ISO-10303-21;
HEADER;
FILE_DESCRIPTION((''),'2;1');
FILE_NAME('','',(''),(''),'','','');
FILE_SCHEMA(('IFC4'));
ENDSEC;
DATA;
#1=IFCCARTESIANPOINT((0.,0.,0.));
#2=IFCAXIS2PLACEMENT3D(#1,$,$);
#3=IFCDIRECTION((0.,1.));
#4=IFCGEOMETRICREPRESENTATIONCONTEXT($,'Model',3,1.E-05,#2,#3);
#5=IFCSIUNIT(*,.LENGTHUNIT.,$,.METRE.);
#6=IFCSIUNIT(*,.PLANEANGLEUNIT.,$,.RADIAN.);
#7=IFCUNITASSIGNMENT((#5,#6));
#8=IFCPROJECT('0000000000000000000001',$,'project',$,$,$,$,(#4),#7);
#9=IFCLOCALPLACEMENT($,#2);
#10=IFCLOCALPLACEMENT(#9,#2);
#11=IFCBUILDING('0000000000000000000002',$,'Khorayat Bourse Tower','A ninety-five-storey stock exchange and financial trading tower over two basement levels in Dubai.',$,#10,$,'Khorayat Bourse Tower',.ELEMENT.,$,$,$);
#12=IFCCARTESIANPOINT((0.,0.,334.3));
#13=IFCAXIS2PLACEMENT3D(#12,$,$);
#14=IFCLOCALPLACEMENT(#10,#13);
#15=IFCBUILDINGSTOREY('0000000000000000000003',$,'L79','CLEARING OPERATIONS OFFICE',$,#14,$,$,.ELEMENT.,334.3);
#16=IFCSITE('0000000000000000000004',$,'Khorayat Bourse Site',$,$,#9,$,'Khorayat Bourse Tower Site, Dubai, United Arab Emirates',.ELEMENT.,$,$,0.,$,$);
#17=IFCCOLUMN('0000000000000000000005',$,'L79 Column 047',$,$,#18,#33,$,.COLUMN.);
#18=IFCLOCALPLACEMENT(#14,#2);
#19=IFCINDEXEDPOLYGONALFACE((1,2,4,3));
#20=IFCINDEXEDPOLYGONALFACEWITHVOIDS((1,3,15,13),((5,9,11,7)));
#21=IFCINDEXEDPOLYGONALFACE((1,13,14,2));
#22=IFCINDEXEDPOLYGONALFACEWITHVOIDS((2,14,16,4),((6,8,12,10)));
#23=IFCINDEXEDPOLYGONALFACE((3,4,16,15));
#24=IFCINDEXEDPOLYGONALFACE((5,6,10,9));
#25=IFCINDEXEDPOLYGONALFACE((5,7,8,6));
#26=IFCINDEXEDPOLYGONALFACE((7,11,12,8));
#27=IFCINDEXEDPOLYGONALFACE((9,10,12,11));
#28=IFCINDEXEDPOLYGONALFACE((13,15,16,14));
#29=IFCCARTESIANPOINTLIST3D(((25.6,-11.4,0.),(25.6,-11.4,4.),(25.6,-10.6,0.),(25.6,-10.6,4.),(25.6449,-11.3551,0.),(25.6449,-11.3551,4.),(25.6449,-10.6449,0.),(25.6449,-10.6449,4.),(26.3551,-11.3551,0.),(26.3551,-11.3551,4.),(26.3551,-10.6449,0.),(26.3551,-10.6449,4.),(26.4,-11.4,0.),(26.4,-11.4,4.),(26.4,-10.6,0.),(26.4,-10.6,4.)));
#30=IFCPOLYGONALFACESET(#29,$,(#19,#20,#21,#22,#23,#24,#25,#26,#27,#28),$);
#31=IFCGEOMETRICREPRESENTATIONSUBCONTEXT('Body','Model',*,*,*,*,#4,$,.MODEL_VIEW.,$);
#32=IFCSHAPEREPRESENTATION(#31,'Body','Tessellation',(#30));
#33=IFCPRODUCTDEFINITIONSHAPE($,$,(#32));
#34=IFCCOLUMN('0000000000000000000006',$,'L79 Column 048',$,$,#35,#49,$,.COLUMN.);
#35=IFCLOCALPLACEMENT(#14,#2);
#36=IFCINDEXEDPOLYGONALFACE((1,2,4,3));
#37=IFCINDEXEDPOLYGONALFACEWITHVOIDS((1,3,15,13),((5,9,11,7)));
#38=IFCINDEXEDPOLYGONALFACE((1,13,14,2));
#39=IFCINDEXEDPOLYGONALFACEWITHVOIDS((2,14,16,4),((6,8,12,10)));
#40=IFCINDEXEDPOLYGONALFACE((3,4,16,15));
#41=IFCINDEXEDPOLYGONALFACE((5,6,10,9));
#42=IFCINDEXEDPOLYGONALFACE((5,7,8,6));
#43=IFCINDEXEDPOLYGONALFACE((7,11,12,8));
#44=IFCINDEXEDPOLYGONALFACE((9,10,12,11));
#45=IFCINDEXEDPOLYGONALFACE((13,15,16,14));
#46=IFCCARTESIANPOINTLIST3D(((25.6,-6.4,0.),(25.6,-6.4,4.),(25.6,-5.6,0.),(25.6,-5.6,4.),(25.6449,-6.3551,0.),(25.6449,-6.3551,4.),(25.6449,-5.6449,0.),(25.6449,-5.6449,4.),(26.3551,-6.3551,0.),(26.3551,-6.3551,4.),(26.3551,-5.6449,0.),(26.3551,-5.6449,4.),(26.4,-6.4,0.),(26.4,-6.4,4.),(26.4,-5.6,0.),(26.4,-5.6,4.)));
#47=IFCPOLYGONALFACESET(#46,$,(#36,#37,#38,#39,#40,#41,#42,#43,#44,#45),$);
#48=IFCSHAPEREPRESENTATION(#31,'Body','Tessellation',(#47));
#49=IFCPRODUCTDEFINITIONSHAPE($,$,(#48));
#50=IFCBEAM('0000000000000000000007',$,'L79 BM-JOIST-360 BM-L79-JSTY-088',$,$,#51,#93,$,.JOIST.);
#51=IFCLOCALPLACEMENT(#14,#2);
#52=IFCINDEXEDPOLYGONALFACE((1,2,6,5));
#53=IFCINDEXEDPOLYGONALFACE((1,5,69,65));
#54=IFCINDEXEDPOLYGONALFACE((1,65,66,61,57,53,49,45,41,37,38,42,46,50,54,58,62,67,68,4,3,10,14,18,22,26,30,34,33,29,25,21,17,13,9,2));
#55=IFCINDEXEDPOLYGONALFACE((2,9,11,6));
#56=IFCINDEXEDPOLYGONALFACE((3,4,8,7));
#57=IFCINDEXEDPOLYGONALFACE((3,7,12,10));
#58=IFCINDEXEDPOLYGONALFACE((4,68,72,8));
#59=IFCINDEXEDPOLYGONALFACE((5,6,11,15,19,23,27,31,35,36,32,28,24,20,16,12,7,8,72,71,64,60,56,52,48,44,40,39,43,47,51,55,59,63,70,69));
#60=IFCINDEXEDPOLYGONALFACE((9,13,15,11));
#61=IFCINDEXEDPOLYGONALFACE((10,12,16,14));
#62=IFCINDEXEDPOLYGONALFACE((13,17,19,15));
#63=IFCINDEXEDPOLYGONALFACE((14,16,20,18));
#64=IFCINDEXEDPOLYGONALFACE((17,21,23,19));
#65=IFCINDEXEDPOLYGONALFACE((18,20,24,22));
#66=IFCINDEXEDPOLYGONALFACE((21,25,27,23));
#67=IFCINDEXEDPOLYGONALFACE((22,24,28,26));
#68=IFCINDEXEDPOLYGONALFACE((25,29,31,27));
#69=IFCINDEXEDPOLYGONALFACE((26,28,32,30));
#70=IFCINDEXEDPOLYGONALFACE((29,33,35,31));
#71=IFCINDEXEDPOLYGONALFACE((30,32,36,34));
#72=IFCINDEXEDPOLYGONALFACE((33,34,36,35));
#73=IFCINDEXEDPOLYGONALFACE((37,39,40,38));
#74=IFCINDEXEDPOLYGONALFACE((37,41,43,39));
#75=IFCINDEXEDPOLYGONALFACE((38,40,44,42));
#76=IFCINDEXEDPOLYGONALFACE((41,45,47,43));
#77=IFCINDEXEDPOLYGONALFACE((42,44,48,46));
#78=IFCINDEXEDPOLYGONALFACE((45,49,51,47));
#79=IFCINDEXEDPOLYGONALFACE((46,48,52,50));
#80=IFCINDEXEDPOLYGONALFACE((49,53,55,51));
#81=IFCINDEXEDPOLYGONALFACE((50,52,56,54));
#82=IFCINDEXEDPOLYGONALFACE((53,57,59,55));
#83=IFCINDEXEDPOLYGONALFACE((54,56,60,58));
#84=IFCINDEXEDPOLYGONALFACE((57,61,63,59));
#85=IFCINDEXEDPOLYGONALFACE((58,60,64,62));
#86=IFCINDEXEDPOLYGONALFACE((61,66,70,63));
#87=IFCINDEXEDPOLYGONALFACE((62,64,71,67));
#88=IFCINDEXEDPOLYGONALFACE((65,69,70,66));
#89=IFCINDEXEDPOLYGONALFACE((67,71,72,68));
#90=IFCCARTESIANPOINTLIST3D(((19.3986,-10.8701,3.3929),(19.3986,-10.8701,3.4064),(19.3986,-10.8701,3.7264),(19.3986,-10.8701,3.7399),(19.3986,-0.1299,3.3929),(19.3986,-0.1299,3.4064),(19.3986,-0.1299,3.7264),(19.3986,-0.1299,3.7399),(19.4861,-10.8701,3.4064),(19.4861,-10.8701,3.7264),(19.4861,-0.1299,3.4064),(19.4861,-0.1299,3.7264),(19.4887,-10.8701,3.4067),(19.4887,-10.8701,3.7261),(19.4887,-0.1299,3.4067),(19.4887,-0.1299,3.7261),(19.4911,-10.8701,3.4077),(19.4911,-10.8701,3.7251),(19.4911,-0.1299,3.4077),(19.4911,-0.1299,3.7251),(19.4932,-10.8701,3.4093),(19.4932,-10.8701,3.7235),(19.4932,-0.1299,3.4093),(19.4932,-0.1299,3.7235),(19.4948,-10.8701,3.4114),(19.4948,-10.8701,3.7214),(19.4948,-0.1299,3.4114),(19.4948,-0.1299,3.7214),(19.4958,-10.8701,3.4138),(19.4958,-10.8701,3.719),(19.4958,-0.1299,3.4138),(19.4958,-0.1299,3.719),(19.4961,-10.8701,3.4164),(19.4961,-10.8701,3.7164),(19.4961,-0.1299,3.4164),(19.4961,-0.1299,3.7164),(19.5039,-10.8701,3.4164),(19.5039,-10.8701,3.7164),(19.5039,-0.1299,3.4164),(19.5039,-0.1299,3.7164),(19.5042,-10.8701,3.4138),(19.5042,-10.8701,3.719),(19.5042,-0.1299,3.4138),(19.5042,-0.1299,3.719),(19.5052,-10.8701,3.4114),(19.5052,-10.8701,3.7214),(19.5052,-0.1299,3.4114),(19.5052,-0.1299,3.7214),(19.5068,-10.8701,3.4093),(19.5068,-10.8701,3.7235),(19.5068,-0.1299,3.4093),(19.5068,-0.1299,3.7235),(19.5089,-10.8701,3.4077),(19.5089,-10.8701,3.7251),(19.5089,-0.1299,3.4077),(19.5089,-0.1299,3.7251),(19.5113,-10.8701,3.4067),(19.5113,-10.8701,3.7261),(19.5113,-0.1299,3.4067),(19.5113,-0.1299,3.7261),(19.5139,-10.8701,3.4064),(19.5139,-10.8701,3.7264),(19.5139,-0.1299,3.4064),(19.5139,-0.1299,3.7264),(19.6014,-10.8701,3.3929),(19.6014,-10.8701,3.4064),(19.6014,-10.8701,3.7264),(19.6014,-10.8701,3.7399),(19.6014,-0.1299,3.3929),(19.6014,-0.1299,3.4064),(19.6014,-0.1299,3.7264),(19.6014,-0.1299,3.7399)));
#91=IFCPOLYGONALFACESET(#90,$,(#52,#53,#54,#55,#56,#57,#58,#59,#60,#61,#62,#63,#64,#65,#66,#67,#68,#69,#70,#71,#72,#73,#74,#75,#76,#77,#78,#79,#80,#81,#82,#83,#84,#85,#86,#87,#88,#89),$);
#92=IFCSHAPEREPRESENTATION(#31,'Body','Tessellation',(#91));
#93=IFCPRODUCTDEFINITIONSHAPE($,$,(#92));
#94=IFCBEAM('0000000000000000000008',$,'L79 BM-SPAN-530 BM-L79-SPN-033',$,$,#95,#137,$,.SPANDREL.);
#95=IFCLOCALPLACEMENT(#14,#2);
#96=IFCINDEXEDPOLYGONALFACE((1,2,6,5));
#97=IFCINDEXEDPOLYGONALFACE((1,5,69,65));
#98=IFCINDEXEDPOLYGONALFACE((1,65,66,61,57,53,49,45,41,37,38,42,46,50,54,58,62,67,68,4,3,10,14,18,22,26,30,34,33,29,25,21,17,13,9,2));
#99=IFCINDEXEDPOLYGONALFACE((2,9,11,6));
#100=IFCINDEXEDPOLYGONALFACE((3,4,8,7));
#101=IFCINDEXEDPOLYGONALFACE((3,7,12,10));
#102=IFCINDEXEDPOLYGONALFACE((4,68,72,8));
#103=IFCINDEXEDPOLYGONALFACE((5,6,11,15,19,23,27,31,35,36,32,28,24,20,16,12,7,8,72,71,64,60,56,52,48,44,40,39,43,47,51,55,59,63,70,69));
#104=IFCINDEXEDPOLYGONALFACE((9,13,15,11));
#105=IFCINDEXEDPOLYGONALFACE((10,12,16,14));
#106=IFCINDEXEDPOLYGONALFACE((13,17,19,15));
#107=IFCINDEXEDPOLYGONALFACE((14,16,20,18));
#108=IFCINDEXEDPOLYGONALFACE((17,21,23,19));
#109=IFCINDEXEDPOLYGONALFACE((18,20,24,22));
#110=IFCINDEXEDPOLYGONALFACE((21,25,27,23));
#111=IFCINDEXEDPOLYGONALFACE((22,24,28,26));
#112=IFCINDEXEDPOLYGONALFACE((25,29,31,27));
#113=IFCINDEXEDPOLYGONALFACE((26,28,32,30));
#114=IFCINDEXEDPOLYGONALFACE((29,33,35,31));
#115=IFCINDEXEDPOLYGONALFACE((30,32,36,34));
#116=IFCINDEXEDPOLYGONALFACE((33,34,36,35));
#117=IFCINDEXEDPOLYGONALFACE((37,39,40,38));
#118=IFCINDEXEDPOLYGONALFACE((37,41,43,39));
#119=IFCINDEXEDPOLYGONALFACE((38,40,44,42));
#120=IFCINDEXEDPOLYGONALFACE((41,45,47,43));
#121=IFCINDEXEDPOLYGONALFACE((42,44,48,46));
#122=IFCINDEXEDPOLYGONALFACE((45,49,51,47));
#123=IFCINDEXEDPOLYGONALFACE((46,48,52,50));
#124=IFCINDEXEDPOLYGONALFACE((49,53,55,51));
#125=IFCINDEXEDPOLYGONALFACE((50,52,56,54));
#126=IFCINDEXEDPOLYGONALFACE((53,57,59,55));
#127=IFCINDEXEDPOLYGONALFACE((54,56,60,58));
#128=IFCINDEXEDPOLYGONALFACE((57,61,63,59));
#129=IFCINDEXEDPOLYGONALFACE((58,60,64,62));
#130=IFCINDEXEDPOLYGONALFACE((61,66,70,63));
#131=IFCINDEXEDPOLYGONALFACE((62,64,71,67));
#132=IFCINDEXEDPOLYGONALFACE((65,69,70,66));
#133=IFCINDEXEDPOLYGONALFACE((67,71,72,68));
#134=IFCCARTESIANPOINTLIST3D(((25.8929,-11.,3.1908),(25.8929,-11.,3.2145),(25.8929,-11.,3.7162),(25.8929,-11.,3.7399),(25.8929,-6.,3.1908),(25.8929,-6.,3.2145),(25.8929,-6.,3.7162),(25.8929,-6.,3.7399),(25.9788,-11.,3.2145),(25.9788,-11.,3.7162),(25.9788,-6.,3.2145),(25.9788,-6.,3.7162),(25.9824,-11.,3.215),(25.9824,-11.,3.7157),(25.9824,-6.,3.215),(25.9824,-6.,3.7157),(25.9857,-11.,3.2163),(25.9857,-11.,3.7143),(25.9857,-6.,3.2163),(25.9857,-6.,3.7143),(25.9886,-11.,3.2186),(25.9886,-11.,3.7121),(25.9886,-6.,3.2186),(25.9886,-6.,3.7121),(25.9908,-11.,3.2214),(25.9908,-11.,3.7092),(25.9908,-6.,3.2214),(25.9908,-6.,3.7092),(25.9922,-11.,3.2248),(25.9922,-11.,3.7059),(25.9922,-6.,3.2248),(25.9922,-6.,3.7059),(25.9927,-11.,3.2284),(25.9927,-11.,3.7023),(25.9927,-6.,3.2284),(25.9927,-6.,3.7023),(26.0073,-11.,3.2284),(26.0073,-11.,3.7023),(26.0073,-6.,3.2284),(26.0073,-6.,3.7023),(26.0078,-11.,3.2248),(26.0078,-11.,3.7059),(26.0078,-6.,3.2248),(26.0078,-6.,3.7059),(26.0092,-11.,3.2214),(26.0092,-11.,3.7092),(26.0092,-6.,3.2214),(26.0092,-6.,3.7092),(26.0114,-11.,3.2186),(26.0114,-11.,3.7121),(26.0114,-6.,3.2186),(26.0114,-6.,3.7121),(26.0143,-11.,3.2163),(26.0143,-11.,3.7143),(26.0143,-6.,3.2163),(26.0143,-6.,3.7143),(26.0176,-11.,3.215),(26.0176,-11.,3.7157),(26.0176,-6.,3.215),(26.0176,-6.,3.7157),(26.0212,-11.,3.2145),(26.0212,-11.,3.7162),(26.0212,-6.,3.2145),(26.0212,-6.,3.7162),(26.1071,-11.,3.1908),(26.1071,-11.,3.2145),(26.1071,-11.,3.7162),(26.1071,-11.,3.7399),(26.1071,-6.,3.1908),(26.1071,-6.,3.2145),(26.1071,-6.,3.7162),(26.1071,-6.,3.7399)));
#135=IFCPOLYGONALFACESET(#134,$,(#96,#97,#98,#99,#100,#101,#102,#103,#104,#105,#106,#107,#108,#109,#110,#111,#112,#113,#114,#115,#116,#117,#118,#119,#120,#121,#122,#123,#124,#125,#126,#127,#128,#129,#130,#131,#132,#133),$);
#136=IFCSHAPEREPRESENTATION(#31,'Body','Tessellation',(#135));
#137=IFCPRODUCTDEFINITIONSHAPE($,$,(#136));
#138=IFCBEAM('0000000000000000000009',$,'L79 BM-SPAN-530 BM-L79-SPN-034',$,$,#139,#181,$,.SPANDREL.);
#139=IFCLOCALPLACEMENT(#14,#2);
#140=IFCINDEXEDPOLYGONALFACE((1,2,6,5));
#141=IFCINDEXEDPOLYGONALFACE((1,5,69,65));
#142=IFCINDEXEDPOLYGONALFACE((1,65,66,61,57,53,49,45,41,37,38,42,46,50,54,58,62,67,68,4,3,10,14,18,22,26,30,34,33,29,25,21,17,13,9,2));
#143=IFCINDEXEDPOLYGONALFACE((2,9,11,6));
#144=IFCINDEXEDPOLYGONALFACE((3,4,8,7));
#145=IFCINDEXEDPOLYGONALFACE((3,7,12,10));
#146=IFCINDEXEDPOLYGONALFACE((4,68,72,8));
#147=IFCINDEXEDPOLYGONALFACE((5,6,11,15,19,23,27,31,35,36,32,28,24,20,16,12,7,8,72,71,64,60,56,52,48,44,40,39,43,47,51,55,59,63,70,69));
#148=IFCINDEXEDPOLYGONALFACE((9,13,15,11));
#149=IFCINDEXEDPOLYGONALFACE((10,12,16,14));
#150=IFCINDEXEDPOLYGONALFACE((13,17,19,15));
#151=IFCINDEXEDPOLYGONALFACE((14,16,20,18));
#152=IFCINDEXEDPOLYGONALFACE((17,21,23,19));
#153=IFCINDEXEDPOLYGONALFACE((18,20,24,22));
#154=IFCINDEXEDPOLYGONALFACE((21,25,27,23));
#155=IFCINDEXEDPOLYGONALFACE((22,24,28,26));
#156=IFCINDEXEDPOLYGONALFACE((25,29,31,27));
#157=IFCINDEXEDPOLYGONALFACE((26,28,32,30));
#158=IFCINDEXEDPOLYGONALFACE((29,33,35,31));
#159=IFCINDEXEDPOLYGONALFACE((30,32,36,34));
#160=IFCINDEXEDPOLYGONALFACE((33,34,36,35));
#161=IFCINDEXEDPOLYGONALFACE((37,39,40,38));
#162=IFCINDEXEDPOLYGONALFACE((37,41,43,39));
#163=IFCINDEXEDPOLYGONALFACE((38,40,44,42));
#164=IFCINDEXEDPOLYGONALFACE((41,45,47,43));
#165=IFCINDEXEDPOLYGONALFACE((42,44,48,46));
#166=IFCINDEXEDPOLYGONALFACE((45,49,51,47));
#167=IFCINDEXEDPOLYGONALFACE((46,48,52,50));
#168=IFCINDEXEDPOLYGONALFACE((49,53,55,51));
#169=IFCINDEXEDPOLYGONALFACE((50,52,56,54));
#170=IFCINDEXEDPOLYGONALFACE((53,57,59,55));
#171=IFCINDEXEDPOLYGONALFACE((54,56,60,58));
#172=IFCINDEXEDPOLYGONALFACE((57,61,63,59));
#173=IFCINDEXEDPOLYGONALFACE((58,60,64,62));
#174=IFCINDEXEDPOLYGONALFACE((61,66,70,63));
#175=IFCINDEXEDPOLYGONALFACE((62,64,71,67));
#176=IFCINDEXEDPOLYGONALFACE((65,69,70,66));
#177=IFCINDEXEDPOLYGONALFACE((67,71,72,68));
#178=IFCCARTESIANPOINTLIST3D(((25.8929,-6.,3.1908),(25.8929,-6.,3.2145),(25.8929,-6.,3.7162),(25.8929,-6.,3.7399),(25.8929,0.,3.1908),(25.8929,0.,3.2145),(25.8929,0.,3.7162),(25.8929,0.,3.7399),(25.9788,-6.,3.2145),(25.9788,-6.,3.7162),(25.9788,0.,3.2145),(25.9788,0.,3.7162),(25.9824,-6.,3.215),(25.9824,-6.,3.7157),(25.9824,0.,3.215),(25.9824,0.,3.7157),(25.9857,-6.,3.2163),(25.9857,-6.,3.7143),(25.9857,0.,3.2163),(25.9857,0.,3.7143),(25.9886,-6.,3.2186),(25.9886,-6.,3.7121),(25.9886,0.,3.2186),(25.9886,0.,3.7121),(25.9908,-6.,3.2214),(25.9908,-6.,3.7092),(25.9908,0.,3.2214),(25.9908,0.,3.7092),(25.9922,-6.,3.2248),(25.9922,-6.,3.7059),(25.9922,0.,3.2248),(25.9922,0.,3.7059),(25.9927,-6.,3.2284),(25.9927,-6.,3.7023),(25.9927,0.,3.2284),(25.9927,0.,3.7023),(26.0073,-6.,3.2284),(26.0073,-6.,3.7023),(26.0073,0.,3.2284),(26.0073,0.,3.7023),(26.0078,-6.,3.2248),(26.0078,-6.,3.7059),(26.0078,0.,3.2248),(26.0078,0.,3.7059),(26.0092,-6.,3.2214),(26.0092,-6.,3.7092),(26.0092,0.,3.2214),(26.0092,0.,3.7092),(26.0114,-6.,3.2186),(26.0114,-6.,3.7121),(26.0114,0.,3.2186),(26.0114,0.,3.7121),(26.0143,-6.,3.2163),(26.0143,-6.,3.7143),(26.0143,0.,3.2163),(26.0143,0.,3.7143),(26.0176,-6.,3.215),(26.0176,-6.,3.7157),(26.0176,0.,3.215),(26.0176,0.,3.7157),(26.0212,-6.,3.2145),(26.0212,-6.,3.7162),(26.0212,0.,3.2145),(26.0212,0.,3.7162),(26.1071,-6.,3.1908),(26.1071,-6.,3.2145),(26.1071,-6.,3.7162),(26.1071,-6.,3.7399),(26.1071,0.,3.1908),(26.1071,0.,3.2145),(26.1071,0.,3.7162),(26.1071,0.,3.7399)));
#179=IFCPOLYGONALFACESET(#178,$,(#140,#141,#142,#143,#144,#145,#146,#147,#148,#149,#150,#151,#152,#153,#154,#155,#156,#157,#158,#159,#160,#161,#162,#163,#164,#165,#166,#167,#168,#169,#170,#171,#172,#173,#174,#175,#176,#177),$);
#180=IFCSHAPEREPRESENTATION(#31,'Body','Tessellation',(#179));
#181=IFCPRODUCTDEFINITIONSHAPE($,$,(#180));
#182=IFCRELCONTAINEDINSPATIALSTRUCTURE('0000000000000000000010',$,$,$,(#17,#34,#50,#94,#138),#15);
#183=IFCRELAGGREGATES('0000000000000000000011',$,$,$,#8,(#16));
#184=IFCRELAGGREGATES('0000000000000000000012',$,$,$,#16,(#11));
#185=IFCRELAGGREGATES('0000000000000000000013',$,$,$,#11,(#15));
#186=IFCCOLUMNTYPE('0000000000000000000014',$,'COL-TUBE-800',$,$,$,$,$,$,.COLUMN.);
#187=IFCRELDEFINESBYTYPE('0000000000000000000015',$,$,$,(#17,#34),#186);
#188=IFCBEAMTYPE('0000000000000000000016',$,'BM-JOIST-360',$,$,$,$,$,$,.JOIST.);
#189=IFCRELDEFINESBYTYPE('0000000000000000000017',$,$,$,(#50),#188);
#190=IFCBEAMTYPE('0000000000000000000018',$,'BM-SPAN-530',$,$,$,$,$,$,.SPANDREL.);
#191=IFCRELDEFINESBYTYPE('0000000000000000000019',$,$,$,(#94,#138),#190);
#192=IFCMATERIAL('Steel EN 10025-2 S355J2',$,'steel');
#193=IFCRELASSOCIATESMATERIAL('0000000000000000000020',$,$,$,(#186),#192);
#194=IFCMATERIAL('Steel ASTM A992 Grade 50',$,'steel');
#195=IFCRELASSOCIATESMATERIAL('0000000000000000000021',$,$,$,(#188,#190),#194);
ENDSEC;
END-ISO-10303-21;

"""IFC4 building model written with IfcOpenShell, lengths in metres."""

from ifc_helpers import new_model, si_unit, direction, frame, origin, origin_2d, place, context, subcontext, project, spatial, hollow_rectangle, i_section, extrude, source, transform, mapped, material, material_profile, profile_set, type_object, element, save


model = new_model("IFC4")

# Units and contexts
model_context = context("Model", 3, precision=1e-05, world=origin(), true_north=direction((0.0, 1.0)))
body_context = subcontext(model_context, "Body", "Model", "MODEL_VIEW")
ifc_project = project(units=[si_unit("LENGTHUNIT", "METRE"), si_unit("PLANEANGLEUNIT", "RADIAN")], contexts=[model_context])

# Site, building, storey
site_placement = place(None, origin())
site = spatial("IfcSite", under=ifc_project, at=site_placement, Name="Khorayat Bourse Site", LongName="Khorayat Bourse Tower Site, Dubai, United Arab Emirates", CompositionType="ELEMENT", RefElevation=0.0)
building_placement = place(site_placement, origin())
building = spatial("IfcBuilding", under=site, at=building_placement, Name="Khorayat Bourse Tower", Description="A ninety-five-storey stock exchange and financial trading tower over two basement levels in Dubai.", LongName="Khorayat Bourse Tower", CompositionType="ELEMENT")
storey_placement = place(building_placement, frame((0.0, 0.0, 334.3)))
storey = spatial("IfcBuildingStorey", under=building, at=storey_placement, Name="L79", Description="CLEARING OPERATIONS OFFICE", CompositionType="ELEMENT", Elevation=334.3)

# Columns
ifc_material_1 = material(Name="Steel EN 10025-2 S355J2", Category="steel")
ifc_material_profile_1 = material_profile(ifc_material_1, hollow_rectangle(XDim=0.8, YDim=0.8, WallThickness=0.0449, at=origin_2d()), Name="BOX 800x800x45")
ifc_profile_set_1 = profile_set([ifc_material_profile_1], Name="Steel EN 10025-2 S355J2")
column_type = type_object("IfcColumnType", Name="COL-TUBE-800", PredefinedType="COLUMN", material=ifc_profile_set_1)
shared_shape_1 = source(origin(), body_context, "Body", "SweptSolid", [
    extrude(hollow_rectangle(XDim=0.8, YDim=0.8, WallThickness=0.0449, at=origin_2d()), origin(), (0.0, 0.0, 1.0), 4.0),
])
for number, where, z_axis, x_axis, name in (
    (1, (26.0, -11.0, 0.0), (0.0, 0.0, 1.0), (1.0, 0.0, 0.0), "L79 Column 047"),
    (2, (26.0, -6.0, 0.0), (0.0, 0.0, 1.0), (1.0, 0.0, 0.0), "L79 Column 048"),
):
    element("IfcColumn", number, at=place(storey_placement, frame(where, z_axis=z_axis, x_axis=x_axis)), inside=storey, type_object=column_type, Name=name, PredefinedType="COLUMN", context=body_context, shape_type="MappedRepresentation", body=[
        mapped(shared_shape_1, transform((0.0, 0.0, 0.0), scale=1.0)),
    ])

# Beams
ifc_material_2 = material(Name="Steel ASTM A992 Grade 50", Category="steel")
ifc_material_profile_2 = material_profile(ifc_material_2, i_section(OverallWidth=0.2029, OverallDepth=0.3469, WebThickness=0.0078, FlangeThickness=0.0134, FilletRadius=0.01, at=origin_2d()), Name="W360X64")
ifc_profile_set_2 = profile_set([ifc_material_profile_2], Name="Steel ASTM A992 Grade 50")
beam_type_1 = type_object("IfcBeamType", Name="BM-JOIST-360", PredefinedType="JOIST", material=ifc_profile_set_2)
shared_shape_2 = source(origin(), body_context, "Body", "SweptSolid", [
    extrude(i_section(OverallWidth=0.2029, OverallDepth=0.3469, WebThickness=0.0078, FlangeThickness=0.0134, FilletRadius=0.01, at=origin_2d()), origin(), (0.0, 0.0, 1.0), 10.7402),
])
beam_1_placement = place(storey_placement, frame((19.5, -10.8701, 3.5664), z_axis=(0.0, 1.0, 0.0), x_axis=(-1.0, 0.0, 0.0)))
element("IfcBeam", 3, at=beam_1_placement, inside=storey, type_object=beam_type_1, Name="L79 BM-JOIST-360 BM-L79-JSTY-088", PredefinedType="JOIST", context=body_context, shape_type="MappedRepresentation", body=[
    mapped(shared_shape_2, transform((0.0, 0.0, 0.0), scale=1.0)),
])
ifc_material_profile_3 = material_profile(ifc_material_2, i_section(OverallWidth=0.2141, OverallDepth=0.5491, WebThickness=0.0146, FlangeThickness=0.0237, FilletRadius=0.0139, at=origin_2d()), Name="W530X138")
ifc_profile_set_3 = profile_set([ifc_material_profile_3], Name="Steel ASTM A992 Grade 50")
beam_type_2 = type_object("IfcBeamType", Name="BM-SPAN-530", PredefinedType="SPANDREL", material=ifc_profile_set_3)
shared_shape_3 = source(origin(), body_context, "Body", "SweptSolid", [
    extrude(i_section(OverallWidth=0.2141, OverallDepth=0.5491, WebThickness=0.0146, FlangeThickness=0.0237, FilletRadius=0.0139, at=origin_2d()), origin(), (0.0, 0.0, 1.0), 5.0),
])
beam_2_placement = place(storey_placement, frame((26.0, -11.0, 3.4653), z_axis=(0.0, 1.0, 0.0), x_axis=(-1.0, 0.0, 0.0)))
element("IfcBeam", 4, at=beam_2_placement, inside=storey, type_object=beam_type_2, Name="L79 BM-SPAN-530 BM-L79-SPN-033", PredefinedType="SPANDREL", context=body_context, shape_type="MappedRepresentation", body=[
    mapped(shared_shape_3, transform((0.0, 0.0, 0.0), scale=1.0)),
])
shared_shape_4 = source(origin(), body_context, "Body", "SweptSolid", [
    extrude(i_section(OverallWidth=0.2141, OverallDepth=0.5491, WebThickness=0.0146, FlangeThickness=0.0237, FilletRadius=0.0139, at=origin_2d()), origin(), (0.0, 0.0, 1.0), 6.0),
])
beam_3_placement = place(storey_placement, frame((26.0, -6.0, 3.4653), z_axis=(0.0, 1.0, 0.0), x_axis=(-1.0, 0.0, 0.0)))
element("IfcBeam", 5, at=beam_3_placement, inside=storey, type_object=beam_type_2, Name="L79 BM-SPAN-530 BM-L79-SPN-034", PredefinedType="SPANDREL", context=body_context, shape_type="MappedRepresentation", body=[
    mapped(shared_shape_4, transform((0.0, 0.0, 0.0), scale=1.0)),
])

save(model, "model.ifc")
